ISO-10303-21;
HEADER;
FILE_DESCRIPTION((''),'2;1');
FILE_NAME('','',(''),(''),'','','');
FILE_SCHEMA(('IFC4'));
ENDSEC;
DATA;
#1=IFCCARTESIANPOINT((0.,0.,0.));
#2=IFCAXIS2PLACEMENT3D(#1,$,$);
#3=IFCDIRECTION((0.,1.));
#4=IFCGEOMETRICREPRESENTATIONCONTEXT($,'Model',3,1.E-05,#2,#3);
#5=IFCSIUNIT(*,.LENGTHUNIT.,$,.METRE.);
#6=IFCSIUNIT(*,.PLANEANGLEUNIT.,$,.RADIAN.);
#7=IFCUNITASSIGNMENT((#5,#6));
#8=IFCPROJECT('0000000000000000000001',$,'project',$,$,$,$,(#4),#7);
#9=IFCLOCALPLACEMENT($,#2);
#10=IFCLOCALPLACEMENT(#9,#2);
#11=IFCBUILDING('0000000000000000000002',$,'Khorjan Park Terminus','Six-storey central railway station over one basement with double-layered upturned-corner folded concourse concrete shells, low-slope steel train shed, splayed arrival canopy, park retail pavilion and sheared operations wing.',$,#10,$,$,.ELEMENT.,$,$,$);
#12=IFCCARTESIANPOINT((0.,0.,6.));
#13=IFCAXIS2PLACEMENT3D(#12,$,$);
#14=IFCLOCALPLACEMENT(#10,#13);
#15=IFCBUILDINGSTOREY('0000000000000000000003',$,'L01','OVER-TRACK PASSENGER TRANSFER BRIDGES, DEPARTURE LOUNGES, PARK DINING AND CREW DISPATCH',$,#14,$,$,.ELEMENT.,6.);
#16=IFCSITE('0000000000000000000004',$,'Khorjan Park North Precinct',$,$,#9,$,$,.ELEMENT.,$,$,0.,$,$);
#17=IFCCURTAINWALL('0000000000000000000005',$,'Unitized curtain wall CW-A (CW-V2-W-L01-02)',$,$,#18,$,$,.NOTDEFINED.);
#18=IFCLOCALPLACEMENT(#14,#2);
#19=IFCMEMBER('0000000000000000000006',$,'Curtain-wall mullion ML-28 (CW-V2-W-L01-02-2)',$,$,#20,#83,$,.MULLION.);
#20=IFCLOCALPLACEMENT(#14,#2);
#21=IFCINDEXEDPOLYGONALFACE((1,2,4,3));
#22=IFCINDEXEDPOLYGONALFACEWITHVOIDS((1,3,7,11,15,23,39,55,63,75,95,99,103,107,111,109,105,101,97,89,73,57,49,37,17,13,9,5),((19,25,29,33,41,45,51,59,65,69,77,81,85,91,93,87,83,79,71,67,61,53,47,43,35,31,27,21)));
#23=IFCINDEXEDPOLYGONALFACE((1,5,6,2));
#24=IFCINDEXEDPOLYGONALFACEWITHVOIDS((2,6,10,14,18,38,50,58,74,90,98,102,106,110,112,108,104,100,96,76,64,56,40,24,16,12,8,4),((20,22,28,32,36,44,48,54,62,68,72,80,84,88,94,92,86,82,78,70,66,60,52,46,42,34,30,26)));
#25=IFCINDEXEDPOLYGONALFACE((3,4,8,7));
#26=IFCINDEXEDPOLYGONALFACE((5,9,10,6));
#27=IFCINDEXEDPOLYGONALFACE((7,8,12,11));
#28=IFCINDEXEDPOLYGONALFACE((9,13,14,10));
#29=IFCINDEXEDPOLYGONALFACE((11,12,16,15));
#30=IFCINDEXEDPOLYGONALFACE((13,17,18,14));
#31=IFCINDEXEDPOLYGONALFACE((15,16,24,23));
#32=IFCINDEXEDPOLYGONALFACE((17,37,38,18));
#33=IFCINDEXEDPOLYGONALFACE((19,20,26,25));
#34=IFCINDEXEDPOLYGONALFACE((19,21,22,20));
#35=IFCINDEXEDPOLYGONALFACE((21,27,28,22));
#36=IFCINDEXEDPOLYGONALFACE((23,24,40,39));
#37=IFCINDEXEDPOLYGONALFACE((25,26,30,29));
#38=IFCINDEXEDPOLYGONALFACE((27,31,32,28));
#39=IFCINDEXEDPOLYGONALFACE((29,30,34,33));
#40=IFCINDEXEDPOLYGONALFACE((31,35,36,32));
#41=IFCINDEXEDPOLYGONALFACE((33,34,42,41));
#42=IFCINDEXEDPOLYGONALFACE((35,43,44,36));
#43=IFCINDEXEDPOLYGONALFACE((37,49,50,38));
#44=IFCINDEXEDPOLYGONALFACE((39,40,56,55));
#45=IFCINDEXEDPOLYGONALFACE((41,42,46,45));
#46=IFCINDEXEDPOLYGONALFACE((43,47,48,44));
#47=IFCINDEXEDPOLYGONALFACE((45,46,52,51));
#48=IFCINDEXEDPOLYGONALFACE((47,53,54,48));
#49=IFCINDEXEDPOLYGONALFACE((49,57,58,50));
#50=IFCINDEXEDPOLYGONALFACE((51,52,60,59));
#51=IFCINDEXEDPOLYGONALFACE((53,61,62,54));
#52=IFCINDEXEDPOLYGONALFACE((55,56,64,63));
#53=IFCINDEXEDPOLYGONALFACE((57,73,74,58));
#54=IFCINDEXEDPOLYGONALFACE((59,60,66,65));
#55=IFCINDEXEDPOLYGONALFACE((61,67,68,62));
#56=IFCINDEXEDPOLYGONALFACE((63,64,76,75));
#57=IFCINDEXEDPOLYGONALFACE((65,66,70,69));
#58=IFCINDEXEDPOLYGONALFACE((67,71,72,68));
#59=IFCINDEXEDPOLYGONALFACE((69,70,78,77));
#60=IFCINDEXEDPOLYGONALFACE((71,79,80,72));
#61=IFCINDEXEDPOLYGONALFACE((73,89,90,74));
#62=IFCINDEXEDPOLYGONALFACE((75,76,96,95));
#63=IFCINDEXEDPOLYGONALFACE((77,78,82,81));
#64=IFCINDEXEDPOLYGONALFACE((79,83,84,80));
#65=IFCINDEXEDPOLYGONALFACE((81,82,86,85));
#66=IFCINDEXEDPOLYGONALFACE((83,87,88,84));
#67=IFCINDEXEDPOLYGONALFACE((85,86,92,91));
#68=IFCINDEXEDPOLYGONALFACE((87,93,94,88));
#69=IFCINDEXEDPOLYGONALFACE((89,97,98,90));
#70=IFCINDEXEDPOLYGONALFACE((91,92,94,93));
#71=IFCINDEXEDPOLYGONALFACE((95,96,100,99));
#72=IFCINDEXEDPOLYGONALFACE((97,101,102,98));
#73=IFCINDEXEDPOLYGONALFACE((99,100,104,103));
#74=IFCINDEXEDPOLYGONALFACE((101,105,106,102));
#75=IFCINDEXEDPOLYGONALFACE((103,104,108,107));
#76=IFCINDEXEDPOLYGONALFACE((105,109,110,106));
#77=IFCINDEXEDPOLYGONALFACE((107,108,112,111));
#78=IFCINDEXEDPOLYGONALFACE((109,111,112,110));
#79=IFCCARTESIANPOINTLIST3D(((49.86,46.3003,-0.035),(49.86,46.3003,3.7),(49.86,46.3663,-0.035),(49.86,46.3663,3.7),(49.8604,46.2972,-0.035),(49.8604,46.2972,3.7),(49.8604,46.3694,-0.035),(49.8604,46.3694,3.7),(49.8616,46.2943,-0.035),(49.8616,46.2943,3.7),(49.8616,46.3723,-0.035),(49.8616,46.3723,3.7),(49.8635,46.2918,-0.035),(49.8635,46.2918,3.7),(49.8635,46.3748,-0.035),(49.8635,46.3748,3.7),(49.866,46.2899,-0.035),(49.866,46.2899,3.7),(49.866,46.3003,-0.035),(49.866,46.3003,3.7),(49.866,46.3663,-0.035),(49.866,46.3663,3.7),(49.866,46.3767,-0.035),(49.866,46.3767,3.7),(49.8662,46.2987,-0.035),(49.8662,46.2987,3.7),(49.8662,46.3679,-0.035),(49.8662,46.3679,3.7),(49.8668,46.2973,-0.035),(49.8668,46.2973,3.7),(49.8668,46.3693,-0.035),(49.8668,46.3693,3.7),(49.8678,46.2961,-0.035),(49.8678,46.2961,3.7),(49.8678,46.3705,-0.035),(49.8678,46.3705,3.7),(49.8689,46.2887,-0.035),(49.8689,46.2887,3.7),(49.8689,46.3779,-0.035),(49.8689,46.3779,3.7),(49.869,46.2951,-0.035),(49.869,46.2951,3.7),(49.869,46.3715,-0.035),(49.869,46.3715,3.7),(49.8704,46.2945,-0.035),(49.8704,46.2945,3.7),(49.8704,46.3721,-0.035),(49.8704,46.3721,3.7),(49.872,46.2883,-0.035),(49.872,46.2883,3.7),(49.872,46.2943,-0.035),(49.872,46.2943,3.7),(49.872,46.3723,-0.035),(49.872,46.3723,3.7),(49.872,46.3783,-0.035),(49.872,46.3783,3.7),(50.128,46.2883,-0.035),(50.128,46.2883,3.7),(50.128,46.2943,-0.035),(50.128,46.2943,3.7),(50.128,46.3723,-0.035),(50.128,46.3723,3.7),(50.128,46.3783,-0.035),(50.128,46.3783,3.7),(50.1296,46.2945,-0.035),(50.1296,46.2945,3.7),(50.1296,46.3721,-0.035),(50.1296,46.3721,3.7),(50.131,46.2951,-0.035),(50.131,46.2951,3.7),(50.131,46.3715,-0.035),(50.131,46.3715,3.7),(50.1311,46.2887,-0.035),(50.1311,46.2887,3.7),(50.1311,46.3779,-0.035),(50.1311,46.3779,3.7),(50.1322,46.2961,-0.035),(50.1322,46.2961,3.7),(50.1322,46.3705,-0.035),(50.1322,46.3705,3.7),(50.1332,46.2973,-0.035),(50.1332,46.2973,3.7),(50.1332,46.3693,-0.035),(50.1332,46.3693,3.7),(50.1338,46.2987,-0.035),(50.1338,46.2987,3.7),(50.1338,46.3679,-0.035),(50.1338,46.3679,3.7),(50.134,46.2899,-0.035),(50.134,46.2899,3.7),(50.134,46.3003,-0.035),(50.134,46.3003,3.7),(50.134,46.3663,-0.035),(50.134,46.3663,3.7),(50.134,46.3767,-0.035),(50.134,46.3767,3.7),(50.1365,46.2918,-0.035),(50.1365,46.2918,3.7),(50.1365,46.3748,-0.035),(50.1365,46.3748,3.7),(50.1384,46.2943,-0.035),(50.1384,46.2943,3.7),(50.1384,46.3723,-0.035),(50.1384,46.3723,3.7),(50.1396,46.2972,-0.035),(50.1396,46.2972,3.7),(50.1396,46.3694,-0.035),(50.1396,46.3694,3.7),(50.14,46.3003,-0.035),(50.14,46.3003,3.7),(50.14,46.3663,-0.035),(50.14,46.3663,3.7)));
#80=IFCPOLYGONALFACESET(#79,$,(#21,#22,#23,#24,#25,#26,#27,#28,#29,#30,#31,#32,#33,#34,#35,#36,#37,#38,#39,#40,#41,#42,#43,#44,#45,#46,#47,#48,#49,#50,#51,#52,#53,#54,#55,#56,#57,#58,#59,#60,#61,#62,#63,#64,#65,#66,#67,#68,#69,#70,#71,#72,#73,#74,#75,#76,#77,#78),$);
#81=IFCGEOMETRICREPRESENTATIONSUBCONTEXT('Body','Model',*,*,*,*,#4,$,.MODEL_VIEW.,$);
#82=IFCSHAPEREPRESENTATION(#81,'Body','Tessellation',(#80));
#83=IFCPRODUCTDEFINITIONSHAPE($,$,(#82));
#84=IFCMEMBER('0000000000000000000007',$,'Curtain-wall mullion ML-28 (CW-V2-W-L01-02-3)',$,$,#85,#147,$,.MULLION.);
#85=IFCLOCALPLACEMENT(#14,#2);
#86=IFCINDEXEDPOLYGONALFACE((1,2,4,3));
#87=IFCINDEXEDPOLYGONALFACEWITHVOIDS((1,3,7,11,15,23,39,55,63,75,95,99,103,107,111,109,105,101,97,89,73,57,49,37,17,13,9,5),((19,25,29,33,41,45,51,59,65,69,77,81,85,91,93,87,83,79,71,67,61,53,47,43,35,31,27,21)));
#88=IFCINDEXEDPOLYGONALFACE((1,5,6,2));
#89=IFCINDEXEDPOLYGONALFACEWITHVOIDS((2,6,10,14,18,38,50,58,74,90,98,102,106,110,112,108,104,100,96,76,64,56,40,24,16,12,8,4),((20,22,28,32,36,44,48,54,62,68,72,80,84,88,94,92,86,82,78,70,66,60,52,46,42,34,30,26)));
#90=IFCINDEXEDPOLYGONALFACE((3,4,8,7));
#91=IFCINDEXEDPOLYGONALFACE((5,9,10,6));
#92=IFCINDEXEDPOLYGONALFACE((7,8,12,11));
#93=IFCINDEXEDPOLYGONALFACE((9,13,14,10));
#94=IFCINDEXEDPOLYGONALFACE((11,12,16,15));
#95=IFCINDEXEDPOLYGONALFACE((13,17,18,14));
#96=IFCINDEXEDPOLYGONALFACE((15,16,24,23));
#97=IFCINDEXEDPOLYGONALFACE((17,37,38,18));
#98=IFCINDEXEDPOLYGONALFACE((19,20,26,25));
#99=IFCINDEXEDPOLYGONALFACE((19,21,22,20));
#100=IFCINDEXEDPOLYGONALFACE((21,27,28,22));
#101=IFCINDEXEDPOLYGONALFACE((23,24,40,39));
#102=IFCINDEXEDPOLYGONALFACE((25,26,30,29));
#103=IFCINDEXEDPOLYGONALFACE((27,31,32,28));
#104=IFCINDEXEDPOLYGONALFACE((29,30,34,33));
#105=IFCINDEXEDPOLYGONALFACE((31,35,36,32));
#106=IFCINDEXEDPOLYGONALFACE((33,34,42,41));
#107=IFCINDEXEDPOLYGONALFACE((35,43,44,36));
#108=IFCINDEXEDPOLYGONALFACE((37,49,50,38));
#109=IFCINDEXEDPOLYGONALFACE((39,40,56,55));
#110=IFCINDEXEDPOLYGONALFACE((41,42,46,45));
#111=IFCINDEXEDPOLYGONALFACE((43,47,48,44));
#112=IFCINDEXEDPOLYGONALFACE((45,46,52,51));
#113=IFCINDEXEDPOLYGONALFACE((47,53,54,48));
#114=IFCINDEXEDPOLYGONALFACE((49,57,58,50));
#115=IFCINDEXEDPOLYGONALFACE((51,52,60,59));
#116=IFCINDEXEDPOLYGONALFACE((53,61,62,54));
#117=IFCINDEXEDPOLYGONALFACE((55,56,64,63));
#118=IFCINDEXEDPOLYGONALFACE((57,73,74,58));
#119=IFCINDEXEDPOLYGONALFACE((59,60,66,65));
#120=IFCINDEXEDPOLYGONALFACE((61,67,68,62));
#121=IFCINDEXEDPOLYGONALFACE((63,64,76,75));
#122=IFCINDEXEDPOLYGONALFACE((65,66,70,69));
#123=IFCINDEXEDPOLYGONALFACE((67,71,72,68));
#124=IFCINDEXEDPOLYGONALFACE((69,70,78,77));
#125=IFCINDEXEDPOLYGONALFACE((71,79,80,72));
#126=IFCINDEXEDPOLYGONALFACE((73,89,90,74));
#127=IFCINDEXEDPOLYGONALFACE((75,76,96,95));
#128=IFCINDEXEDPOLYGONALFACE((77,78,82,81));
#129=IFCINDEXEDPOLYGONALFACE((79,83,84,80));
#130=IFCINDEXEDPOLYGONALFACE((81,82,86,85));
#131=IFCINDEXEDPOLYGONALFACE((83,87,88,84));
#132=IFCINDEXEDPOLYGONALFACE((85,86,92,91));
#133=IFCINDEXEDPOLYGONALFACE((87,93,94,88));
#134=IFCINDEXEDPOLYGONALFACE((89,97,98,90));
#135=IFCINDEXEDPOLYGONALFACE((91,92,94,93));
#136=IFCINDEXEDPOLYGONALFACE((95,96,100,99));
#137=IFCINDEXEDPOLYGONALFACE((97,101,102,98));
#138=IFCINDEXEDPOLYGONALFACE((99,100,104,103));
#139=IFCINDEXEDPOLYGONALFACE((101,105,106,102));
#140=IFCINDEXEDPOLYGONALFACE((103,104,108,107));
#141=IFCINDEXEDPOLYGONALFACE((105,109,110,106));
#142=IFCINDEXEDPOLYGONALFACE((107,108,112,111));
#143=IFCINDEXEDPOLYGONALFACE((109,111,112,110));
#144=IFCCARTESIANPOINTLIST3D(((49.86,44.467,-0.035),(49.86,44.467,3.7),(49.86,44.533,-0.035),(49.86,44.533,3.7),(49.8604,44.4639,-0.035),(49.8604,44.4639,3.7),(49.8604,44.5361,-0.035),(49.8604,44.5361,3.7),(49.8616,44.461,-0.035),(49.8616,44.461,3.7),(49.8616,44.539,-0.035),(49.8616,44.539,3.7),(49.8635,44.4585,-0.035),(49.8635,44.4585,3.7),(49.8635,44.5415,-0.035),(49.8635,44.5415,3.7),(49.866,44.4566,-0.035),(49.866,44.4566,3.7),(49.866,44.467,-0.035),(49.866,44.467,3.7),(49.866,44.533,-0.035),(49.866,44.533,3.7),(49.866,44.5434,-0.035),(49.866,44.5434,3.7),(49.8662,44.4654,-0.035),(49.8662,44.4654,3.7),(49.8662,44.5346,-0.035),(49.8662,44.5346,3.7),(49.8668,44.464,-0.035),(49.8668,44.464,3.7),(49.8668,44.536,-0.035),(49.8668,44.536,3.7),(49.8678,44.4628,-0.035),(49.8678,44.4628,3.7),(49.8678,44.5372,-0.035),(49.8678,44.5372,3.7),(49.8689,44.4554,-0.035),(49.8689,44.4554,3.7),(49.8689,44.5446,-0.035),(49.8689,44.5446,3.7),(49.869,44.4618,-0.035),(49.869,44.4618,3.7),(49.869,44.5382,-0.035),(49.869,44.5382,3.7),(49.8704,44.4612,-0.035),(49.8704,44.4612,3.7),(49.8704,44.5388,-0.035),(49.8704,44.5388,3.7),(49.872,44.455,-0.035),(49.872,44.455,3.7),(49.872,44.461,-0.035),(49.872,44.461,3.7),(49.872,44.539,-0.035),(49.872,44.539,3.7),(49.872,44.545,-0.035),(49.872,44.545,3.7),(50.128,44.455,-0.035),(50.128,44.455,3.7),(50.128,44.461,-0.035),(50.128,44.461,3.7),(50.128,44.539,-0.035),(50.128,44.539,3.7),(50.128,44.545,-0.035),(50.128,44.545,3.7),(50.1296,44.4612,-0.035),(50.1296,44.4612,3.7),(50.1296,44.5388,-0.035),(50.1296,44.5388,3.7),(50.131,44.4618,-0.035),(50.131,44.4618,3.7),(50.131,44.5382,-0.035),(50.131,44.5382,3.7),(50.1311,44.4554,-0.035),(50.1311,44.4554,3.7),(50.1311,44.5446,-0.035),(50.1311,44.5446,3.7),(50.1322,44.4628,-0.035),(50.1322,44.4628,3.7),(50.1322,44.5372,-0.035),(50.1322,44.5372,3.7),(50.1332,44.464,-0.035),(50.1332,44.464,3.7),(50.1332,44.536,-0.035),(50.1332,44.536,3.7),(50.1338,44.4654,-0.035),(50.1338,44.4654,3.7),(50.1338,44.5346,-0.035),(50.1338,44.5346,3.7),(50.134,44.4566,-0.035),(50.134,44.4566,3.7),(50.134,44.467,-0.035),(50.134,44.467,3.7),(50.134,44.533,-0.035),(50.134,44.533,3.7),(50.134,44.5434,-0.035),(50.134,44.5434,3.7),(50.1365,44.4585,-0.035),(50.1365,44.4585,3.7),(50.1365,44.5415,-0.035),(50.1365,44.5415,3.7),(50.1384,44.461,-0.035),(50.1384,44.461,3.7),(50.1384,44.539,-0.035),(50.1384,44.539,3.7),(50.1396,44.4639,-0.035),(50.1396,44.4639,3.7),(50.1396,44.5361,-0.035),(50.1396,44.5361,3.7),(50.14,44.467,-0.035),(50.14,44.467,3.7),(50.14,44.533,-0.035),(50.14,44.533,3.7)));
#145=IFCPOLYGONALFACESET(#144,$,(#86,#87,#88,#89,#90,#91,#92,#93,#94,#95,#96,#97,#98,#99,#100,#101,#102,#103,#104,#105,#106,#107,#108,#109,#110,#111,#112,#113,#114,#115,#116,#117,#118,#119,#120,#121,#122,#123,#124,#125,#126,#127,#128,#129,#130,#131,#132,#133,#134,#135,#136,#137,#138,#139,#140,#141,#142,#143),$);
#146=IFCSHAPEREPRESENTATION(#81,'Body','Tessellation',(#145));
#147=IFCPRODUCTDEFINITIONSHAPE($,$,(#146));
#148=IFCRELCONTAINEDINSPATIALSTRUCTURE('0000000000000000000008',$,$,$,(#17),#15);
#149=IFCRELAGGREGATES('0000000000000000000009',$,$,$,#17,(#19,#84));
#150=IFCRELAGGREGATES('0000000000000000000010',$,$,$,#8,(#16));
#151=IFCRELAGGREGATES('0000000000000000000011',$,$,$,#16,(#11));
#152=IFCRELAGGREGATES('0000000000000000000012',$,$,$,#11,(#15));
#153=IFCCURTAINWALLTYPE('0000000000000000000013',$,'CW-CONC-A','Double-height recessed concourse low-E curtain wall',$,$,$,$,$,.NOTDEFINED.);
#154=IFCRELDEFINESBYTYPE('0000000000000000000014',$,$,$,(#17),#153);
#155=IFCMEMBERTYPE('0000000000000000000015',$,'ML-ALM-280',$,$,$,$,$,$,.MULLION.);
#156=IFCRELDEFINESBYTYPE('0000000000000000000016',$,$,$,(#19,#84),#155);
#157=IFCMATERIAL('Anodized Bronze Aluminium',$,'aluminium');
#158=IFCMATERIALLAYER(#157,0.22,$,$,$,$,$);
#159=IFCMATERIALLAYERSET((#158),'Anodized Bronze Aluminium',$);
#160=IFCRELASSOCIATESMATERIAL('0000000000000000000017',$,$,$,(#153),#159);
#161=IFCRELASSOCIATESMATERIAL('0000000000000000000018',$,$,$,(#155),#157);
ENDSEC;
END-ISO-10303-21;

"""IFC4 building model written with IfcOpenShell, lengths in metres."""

from ifc_helpers import new_model, si_unit, direction, frame, origin, origin_2d, place, context, subcontext, project, spatial, hollow_rectangle, extrude, material, layer, layer_set, material_profile, profile_set, type_object, element, aggregate, save


model = new_model("IFC4")

# Units and contexts
model_context = context("Model", 3, precision=1e-05, world=origin(), true_north=direction((0.0, 1.0)))
body_context = subcontext(model_context, "Body", "Model", "MODEL_VIEW")
ifc_project = project(units=[si_unit("LENGTHUNIT", "METRE"), si_unit("PLANEANGLEUNIT", "RADIAN")], contexts=[model_context])

# Site, building, storey
site_placement = place(None, origin())
site = spatial("IfcSite", under=ifc_project, at=site_placement, Name="Khorjan Park North Precinct", CompositionType="ELEMENT", RefElevation=0.0)
building_placement = place(site_placement, origin())
building = spatial("IfcBuilding", under=site, at=building_placement, Name="Khorjan Park Terminus", Description="Six-storey central railway station over one basement with double-layered upturned-corner folded concourse concrete shells, low-slope steel train shed, splayed arrival canopy, park retail pavilion and sheared operations wing.", CompositionType="ELEMENT")
storey_placement = place(building_placement, frame((0.0, 0.0, 6.0)))
storey = spatial("IfcBuildingStorey", under=building, at=storey_placement, Name="L01", Description="OVER-TRACK PASSENGER TRANSFER BRIDGES, DEPARTURE LOUNGES, PARK DINING AND CREW DISPATCH", CompositionType="ELEMENT", Elevation=6.0)

# Curtain wall, members
ifc_material_1 = material(Name="Anodized Bronze Aluminium", Category="aluminium")
ifc_layer_1 = layer(ifc_material_1, 0.22)
ifc_layer_set_1 = layer_set([ifc_layer_1], Name="Anodized Bronze Aluminium")
curtain_wall_type_1 = type_object("IfcCurtainWallType", Name="CW-CONC-A", Description="Double-height recessed concourse low-E curtain wall", PredefinedType="NOTDEFINED", material=ifc_layer_set_1)
curtain_wall_1_placement = place(storey_placement, origin())
curtain_wall_1 = element("IfcCurtainWall", 1, at=curtain_wall_1_placement, inside=storey, type_object=curtain_wall_type_1, Name="Unitized curtain wall CW-A (CW-V2-W-L01-02)", PredefinedType="NOTDEFINED")
ifc_material_profile_1 = material_profile(ifc_material_1, hollow_rectangle(XDim=0.09, YDim=0.28, WallThickness=0.006, InnerFilletRadius=0.006, OuterFilletRadius=0.012, at=origin_2d()), Name="ALM 90x280x6")
ifc_profile_set_1 = profile_set([ifc_material_profile_1], Name="Anodized Bronze Aluminium")
member_type_1 = type_object("IfcMemberType", Name="ML-ALM-280", PredefinedType="MULLION", material=ifc_profile_set_1)
member_1_placement = place(storey_placement, frame((50.0, 46.3333, -0.035), z_axis=(0.0, 0.0, 1.0), x_axis=(0.0, -1.0, 0.0)))
member_1 = element("IfcMember", 2, at=member_1_placement, type_object=member_type_1, Name="Curtain-wall mullion ML-28 (CW-V2-W-L01-02-2)", PredefinedType="MULLION", context=body_context, shape_type="SweptSolid", body=[
    extrude(hollow_rectangle(XDim=0.09, YDim=0.28, WallThickness=0.006, InnerFilletRadius=0.006, OuterFilletRadius=0.012, at=origin_2d()), origin(), (0.0, 0.0, 1.0), 3.735),
])
member_2_placement = place(storey_placement, frame((50.0, 44.5, -0.035), z_axis=(0.0, 0.0, 1.0), x_axis=(0.0, -1.0, 0.0)))
member_2 = element("IfcMember", 3, at=member_2_placement, type_object=member_type_1, Name="Curtain-wall mullion ML-28 (CW-V2-W-L01-02-3)", PredefinedType="MULLION", context=body_context, shape_type="SweptSolid", body=[
    extrude(hollow_rectangle(XDim=0.09, YDim=0.28, WallThickness=0.006, InnerFilletRadius=0.006, OuterFilletRadius=0.012, at=origin_2d()), origin(), (0.0, 0.0, 1.0), 3.735),
])

aggregate(curtain_wall_1, [member_1, member_2])

save(model, "model.ifc")
